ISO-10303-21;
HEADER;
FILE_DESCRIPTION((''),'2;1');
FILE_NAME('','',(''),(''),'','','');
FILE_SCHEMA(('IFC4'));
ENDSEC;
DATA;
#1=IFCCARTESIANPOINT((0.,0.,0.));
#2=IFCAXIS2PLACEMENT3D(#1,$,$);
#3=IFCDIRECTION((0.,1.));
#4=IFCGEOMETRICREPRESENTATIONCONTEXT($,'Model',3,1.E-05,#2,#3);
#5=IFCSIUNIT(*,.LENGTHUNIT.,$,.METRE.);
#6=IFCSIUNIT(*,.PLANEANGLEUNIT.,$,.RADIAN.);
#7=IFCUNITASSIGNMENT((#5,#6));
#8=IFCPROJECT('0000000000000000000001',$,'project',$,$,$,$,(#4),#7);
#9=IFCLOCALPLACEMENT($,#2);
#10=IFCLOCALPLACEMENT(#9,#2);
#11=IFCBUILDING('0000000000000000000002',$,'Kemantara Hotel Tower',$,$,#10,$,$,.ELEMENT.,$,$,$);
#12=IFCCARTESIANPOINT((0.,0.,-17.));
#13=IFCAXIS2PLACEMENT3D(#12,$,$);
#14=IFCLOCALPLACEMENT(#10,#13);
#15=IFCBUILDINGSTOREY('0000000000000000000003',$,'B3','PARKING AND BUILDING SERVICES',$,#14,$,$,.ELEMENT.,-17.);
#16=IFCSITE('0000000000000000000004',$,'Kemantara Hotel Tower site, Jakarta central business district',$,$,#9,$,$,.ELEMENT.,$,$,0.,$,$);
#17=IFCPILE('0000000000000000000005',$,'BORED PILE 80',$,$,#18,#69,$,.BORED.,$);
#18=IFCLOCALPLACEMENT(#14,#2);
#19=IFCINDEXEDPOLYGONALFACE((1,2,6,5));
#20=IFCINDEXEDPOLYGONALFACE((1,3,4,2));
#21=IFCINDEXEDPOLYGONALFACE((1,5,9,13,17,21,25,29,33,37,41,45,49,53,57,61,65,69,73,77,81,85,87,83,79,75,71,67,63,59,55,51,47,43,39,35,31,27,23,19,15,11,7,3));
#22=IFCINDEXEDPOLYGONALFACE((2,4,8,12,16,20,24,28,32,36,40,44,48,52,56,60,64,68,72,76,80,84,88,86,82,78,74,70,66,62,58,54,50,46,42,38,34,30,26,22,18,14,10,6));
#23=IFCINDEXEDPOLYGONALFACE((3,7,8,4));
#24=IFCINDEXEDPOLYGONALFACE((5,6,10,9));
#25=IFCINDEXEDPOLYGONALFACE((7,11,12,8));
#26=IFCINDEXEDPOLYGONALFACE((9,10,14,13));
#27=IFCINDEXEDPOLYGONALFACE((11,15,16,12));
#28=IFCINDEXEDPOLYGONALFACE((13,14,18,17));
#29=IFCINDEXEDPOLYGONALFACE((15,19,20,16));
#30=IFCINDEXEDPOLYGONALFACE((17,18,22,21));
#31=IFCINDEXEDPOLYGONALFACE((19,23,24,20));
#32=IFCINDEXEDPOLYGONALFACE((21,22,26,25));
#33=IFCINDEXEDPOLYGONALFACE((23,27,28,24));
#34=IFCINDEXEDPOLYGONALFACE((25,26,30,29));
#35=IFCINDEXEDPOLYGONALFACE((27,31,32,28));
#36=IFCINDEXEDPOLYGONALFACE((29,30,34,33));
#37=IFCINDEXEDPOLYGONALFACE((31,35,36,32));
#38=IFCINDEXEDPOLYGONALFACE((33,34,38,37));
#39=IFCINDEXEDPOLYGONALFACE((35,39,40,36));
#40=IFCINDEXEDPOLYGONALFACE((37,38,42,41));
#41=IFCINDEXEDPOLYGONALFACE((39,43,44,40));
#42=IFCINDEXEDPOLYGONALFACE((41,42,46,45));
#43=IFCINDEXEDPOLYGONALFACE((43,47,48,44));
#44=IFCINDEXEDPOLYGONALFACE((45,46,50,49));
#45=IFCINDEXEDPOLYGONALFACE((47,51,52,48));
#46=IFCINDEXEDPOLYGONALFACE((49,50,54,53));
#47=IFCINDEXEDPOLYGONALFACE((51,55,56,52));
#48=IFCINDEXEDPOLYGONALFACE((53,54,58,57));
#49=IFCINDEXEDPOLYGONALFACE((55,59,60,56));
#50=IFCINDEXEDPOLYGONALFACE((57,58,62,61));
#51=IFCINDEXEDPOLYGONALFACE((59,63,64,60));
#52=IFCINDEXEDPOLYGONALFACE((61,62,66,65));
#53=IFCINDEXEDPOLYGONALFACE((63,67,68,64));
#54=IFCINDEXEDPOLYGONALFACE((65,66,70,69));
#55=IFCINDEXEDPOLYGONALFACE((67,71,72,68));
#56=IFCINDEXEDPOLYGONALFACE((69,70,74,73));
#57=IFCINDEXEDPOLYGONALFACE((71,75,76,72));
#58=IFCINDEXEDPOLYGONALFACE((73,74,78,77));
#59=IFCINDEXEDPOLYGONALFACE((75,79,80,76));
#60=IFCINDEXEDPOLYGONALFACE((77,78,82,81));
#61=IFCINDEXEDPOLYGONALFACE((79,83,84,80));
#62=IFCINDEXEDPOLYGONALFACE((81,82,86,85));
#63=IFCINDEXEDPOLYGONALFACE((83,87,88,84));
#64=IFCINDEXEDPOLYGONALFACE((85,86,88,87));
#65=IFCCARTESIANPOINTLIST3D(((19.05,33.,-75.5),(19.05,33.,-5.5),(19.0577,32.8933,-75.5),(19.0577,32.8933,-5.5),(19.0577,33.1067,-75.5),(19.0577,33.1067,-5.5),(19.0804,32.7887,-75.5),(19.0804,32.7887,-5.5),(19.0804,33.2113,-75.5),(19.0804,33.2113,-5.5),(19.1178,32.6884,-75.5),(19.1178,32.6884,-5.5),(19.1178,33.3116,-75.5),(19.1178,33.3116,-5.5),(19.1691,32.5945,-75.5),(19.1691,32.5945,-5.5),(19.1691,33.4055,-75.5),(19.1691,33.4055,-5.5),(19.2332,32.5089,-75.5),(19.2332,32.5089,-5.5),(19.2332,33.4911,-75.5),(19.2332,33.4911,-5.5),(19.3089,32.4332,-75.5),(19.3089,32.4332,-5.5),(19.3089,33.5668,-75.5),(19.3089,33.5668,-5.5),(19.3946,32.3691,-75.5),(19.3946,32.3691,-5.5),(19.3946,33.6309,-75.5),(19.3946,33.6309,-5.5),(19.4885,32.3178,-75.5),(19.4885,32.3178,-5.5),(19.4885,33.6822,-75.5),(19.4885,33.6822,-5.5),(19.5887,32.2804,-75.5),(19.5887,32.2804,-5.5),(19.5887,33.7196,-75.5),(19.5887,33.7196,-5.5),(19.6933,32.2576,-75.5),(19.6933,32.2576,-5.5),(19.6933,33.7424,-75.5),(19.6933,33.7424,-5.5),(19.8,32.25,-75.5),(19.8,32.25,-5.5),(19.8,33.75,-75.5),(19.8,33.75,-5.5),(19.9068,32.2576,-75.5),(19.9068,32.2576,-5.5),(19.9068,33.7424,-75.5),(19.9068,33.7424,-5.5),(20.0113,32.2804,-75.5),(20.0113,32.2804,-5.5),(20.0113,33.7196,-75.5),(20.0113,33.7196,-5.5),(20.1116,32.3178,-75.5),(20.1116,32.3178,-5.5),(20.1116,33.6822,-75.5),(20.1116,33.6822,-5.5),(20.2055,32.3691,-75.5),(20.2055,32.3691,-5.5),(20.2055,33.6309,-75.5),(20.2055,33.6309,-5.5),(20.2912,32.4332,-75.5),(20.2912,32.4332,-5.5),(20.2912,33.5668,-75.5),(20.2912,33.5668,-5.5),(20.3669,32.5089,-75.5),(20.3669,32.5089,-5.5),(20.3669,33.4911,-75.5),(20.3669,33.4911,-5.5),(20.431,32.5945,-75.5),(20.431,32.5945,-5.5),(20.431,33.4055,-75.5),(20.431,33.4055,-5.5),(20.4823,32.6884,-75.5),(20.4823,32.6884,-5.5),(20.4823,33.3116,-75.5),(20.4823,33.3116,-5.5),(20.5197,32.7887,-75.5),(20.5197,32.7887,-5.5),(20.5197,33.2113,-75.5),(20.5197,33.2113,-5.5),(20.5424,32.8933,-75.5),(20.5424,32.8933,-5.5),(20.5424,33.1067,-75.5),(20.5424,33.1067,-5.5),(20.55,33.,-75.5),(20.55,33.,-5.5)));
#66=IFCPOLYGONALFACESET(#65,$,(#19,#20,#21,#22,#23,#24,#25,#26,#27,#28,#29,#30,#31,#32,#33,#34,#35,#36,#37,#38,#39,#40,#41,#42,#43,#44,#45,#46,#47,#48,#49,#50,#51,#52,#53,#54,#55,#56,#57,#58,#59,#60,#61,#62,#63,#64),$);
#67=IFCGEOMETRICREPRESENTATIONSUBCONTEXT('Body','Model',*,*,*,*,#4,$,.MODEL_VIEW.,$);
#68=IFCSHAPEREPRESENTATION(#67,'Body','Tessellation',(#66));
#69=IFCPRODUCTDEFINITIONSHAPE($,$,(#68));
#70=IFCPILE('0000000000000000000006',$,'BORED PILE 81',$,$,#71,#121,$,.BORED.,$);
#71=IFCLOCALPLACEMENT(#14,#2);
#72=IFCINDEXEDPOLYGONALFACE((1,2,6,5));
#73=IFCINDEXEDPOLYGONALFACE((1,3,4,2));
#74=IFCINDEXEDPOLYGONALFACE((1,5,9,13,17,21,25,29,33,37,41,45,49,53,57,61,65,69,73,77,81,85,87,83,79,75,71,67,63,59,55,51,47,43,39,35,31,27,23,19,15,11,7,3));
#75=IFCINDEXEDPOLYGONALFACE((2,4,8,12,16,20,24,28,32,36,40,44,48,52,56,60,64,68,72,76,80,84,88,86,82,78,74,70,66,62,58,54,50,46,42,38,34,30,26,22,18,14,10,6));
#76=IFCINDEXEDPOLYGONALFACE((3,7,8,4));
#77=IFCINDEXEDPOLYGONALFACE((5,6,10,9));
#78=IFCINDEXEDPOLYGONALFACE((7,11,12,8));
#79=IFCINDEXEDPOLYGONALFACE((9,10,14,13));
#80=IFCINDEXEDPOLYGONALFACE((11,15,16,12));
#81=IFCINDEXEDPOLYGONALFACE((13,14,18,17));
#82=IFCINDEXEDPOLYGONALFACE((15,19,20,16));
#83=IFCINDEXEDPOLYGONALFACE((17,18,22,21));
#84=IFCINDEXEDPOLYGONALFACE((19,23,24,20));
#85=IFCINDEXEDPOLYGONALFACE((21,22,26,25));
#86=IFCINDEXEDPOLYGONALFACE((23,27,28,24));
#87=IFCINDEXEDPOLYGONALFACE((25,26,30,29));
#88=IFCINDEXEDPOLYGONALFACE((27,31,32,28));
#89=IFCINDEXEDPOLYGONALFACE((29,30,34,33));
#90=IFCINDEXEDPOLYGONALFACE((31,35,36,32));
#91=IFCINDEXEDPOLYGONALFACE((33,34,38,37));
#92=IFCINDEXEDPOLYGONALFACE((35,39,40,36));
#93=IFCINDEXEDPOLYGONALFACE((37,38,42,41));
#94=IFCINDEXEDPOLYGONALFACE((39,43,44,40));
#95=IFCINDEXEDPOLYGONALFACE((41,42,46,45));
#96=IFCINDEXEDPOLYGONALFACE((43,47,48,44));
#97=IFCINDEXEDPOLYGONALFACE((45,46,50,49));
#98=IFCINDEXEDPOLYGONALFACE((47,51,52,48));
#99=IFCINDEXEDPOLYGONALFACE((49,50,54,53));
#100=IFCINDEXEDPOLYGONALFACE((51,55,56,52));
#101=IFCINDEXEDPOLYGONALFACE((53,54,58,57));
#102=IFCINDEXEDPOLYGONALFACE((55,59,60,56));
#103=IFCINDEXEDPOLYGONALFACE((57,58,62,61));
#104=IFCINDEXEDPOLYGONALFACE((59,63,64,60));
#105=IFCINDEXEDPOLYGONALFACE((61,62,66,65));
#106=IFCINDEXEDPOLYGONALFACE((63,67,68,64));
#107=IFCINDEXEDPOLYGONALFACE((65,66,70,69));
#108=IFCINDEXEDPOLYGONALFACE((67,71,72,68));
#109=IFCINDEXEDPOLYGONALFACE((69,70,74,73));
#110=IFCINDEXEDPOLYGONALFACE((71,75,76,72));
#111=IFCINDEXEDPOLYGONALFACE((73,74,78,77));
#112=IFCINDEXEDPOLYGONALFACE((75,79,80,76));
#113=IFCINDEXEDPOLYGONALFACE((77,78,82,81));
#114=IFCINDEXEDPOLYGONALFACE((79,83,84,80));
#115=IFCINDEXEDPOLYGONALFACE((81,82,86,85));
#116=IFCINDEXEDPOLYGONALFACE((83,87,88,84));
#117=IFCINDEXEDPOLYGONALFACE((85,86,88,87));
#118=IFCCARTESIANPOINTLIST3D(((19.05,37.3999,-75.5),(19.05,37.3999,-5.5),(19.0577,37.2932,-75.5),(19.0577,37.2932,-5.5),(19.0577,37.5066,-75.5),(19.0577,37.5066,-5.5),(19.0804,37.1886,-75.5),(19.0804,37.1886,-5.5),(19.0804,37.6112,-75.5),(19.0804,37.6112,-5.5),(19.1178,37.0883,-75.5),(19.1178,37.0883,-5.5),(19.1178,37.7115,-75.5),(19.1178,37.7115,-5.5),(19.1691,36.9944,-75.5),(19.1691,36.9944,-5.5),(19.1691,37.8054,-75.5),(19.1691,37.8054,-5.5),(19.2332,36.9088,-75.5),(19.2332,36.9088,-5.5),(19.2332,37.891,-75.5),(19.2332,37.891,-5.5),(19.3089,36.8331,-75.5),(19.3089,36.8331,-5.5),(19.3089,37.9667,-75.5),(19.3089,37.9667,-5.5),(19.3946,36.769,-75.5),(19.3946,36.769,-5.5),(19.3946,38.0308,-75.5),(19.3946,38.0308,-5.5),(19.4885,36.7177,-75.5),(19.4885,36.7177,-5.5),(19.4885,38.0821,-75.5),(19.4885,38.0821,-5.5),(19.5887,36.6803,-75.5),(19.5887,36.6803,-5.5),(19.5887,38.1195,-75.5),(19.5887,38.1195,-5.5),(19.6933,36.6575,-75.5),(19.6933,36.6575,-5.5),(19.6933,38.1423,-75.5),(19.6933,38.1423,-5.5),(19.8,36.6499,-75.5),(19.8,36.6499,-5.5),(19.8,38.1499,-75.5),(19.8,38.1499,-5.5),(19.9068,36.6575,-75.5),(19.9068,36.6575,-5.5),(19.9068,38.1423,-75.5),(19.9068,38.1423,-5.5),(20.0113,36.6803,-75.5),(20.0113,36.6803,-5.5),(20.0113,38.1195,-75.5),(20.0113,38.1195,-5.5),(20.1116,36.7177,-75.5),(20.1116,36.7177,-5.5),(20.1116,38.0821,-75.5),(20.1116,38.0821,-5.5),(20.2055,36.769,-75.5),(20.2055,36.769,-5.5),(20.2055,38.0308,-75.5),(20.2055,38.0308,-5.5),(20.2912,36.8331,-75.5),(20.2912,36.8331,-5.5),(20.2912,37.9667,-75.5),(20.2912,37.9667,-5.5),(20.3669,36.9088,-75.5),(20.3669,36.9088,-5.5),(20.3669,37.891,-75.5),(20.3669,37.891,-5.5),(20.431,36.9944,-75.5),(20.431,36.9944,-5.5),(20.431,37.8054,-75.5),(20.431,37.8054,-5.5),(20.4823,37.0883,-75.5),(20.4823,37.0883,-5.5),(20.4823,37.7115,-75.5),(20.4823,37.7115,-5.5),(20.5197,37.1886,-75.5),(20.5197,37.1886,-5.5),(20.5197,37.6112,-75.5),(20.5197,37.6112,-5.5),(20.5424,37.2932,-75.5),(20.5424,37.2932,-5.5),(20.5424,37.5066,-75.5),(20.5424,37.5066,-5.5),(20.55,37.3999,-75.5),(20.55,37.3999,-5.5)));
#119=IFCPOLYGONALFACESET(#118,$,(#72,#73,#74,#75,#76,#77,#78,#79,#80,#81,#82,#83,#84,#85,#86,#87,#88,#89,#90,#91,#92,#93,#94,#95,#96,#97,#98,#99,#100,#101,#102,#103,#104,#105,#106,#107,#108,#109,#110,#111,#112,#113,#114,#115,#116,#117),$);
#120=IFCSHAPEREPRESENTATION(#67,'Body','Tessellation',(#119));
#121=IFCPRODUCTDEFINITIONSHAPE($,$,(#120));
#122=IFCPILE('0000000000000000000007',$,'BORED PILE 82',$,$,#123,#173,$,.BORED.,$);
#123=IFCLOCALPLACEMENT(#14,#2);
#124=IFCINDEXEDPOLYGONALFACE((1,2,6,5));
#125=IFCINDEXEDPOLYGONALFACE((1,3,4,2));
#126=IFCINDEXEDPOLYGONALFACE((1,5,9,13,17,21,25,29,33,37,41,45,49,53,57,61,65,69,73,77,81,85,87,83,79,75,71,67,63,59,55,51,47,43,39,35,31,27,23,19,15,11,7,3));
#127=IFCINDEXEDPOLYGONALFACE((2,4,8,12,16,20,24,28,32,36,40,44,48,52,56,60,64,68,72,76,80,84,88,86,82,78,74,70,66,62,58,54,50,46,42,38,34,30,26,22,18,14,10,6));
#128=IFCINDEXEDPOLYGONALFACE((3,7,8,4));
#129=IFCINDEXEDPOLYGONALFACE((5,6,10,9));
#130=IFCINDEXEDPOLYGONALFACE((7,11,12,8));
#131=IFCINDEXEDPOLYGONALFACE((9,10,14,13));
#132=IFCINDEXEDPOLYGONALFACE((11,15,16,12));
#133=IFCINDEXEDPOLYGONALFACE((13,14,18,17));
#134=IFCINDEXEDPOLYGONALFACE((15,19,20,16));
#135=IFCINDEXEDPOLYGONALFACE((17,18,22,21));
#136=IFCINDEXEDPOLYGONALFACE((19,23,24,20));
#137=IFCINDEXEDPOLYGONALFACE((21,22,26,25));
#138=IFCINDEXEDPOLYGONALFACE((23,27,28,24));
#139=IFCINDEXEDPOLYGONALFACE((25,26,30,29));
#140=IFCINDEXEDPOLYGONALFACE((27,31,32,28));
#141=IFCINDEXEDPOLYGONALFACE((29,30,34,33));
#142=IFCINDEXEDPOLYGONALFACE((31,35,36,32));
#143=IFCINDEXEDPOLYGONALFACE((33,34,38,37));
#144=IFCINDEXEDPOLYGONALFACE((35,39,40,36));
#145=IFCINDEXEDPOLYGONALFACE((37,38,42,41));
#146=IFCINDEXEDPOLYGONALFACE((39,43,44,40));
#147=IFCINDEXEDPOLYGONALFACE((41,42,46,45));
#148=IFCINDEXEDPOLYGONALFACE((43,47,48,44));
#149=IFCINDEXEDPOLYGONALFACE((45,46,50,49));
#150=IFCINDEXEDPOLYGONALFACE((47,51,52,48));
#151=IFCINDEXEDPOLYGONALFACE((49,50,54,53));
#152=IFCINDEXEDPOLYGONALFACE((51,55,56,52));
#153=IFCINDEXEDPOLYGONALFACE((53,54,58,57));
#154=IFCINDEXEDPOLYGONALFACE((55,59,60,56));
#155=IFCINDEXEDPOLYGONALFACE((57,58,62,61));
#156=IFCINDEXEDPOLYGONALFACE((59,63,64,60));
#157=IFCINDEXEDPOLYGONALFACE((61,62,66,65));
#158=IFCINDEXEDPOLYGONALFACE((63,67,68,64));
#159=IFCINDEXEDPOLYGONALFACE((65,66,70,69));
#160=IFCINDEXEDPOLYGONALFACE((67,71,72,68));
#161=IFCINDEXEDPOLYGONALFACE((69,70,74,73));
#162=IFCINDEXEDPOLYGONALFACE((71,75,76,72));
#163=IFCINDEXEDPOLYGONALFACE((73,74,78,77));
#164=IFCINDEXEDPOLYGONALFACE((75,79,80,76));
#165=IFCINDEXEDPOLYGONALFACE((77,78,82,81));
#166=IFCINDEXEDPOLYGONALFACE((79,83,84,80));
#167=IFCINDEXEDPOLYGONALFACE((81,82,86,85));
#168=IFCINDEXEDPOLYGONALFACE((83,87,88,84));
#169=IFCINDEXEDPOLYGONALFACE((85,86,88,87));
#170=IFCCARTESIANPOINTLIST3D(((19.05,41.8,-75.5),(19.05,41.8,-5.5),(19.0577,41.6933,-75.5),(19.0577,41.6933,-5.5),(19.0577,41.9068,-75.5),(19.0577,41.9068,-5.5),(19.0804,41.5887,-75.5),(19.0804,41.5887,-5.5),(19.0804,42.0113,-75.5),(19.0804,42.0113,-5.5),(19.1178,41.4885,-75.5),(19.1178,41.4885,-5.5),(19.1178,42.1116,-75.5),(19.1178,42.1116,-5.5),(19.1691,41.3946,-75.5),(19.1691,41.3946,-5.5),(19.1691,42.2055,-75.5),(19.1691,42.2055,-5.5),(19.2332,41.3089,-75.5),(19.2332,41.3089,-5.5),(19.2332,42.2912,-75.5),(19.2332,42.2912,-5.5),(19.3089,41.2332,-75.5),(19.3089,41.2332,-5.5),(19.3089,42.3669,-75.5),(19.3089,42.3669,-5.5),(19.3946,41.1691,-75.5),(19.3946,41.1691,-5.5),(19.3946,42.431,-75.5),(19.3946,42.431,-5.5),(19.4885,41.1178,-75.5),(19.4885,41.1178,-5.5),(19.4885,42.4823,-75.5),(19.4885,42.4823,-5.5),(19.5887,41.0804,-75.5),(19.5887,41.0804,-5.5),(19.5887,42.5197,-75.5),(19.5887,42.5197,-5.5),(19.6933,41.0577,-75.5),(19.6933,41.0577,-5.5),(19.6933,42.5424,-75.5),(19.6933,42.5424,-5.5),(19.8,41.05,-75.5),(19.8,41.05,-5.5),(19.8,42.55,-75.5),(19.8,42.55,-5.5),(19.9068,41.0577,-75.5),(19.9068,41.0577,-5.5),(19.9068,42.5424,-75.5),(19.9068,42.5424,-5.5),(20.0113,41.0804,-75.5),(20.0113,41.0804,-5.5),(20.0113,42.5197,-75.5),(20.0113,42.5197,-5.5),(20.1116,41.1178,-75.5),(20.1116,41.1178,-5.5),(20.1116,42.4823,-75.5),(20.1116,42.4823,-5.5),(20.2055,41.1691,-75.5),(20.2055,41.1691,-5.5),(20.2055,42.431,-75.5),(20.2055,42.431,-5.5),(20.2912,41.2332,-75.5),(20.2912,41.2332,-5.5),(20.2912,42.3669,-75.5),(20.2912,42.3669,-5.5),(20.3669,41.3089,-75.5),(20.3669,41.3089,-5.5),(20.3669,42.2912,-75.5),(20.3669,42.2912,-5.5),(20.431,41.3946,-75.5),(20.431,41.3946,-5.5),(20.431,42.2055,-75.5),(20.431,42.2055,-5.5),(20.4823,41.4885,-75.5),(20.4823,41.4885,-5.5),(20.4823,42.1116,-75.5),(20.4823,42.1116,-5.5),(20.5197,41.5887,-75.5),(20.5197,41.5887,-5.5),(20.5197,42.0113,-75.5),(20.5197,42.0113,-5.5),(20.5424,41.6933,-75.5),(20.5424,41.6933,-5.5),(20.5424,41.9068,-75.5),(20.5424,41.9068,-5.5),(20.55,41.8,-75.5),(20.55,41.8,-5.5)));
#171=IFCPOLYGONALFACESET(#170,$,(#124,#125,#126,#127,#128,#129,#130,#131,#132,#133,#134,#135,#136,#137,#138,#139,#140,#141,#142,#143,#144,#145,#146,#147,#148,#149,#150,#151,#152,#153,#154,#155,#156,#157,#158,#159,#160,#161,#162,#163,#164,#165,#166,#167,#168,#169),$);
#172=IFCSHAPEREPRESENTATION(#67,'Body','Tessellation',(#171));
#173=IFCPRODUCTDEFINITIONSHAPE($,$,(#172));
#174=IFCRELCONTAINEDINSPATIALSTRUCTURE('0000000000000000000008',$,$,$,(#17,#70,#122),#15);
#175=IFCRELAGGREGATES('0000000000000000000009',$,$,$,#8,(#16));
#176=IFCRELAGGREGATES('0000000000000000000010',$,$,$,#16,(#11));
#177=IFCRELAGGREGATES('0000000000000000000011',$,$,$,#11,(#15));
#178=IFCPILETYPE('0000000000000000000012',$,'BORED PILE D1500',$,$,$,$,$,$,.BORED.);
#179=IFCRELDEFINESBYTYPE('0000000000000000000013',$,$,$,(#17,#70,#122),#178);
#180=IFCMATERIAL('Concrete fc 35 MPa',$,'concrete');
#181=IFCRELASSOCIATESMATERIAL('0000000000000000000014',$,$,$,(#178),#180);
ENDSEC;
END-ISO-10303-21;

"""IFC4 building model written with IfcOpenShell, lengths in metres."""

from ifc_helpers import new_model, si_unit, direction, frame, origin, origin_2d, place, context, subcontext, project, spatial, circle, extrude, material, material_profile, profile_set, type_object, element, save


model = new_model("IFC4")

# Units and contexts
model_context = context("Model", 3, precision=1e-05, world=origin(), true_north=direction((0.0, 1.0)))
body_context = subcontext(model_context, "Body", "Model", "MODEL_VIEW")
ifc_project = project(units=[si_unit("LENGTHUNIT", "METRE"), si_unit("PLANEANGLEUNIT", "RADIAN")], contexts=[model_context])

# Site, building, storey
site_placement = place(None, origin())
site = spatial("IfcSite", under=ifc_project, at=site_placement, Name="Kemantara Hotel Tower site, Jakarta central business district", CompositionType="ELEMENT", RefElevation=0.0)
building_placement = place(site_placement, origin())
building = spatial("IfcBuilding", under=site, at=building_placement, Name="Kemantara Hotel Tower", CompositionType="ELEMENT")
storey_placement = place(building_placement, frame((0.0, 0.0, -17.0)))
storey = spatial("IfcBuildingStorey", under=building, at=storey_placement, Name="B3", Description="PARKING AND BUILDING SERVICES", CompositionType="ELEMENT", Elevation=-17.0)

# Piles
ifc_material_1 = material(Name="Concrete fc 35 MPa", Category="concrete")
ifc_material_profile_1 = material_profile(ifc_material_1, circle(Radius=0.75, at=origin_2d()), Name="BORED PILE D1500")
ifc_profile_set_1 = profile_set([ifc_material_profile_1], Name="Concrete fc 35 MPa")
pile_type = type_object("IfcPileType", Name="BORED PILE D1500", PredefinedType="BORED", material=ifc_profile_set_1)
for number, where, z_axis, x_axis, name in (
    (1, (19.8, 33.0, -5.5), (0.0, 0.0, -1.0), (1.0, 0.0, 0.0), "BORED PILE 80"),
    (2, (19.8, 37.3999, -5.5), (0.0, 0.0, -1.0), (1.0, 0.0, 0.0), "BORED PILE 81"),
    (3, (19.8, 41.8, -5.5), (0.0, 0.0, -1.0), (1.0, 0.0, 0.0), "BORED PILE 82"),
):
    element("IfcPile", number, at=place(storey_placement, frame(where, z_axis=z_axis, x_axis=x_axis)), inside=storey, type_object=pile_type, Name=name, PredefinedType="BORED", context=body_context, shape_type="SweptSolid", body=[
        extrude(circle(Radius=0.75, at=origin_2d()), origin(), (0.0, 0.0, 1.0), 70.0),
    ])

save(model, "model.ifc")
